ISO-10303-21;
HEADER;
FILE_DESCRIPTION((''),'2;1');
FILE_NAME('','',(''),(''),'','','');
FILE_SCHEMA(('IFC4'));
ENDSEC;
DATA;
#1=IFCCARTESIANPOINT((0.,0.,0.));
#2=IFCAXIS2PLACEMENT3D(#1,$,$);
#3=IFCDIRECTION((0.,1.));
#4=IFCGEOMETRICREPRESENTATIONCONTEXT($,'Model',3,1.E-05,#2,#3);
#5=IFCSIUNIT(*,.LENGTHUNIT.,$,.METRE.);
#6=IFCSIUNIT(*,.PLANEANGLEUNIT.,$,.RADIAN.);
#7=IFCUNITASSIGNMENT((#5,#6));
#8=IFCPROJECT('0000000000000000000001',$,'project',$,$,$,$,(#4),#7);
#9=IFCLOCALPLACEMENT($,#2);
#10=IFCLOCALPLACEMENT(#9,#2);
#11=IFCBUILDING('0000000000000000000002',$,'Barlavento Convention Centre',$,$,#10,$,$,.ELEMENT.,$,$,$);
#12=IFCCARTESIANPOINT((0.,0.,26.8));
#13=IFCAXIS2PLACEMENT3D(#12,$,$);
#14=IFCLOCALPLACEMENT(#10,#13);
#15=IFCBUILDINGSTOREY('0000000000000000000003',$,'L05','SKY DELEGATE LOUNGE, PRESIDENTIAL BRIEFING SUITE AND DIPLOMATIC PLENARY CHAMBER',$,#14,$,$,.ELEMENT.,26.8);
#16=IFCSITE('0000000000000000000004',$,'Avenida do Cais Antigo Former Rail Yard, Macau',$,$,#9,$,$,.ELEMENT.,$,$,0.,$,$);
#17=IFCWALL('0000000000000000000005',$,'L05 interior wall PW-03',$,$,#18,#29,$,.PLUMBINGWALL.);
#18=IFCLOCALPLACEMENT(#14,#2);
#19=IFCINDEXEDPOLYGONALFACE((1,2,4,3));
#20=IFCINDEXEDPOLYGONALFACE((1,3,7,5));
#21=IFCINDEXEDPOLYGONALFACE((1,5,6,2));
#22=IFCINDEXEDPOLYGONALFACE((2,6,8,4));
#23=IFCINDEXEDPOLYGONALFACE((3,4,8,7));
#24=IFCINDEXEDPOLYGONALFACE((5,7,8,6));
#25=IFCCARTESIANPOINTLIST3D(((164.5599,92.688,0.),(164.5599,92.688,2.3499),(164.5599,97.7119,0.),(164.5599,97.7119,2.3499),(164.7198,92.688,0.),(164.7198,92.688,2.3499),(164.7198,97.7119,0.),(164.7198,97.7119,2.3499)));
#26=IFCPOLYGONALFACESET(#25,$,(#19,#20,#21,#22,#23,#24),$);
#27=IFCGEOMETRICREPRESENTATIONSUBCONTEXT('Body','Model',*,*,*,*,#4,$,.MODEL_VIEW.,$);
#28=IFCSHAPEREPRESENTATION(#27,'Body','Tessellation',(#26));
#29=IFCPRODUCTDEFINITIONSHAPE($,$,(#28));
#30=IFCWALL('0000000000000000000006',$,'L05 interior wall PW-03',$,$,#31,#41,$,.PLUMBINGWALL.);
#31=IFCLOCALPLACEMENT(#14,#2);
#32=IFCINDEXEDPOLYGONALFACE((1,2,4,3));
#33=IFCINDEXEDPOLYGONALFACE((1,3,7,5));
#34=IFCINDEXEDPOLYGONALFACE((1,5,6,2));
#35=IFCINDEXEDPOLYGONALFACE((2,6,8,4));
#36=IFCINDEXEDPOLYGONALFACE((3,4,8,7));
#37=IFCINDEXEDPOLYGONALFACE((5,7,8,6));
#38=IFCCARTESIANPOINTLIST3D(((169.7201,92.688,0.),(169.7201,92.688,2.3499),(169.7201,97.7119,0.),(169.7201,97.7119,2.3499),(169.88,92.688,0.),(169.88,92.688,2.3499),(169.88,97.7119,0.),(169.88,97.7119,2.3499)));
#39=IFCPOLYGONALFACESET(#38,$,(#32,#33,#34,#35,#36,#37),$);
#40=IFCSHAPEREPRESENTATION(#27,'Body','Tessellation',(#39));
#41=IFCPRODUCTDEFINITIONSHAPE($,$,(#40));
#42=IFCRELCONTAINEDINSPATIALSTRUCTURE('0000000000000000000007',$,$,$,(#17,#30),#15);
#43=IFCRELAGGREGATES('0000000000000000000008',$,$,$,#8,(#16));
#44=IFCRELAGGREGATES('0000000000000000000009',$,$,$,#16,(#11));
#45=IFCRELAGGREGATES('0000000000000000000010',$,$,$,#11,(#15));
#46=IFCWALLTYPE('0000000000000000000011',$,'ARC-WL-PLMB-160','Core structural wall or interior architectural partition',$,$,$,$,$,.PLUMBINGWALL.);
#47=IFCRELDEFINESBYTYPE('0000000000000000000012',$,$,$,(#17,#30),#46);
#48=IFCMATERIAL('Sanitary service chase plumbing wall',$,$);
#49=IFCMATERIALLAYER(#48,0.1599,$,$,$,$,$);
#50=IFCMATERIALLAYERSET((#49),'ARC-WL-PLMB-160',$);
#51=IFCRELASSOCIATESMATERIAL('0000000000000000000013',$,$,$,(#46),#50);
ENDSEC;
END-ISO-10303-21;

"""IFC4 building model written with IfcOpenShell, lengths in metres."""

from ifc_helpers import new_model, si_unit, direction, frame, frame_2d, origin, place, context, subcontext, project, spatial, rectangle, extrude, material, layer, layer_set, type_object, element, save


model = new_model("IFC4")

# Units and contexts
model_context = context("Model", 3, precision=1e-05, world=origin(), true_north=direction((0.0, 1.0)))
body_context = subcontext(model_context, "Body", "Model", "MODEL_VIEW")
ifc_project = project(units=[si_unit("LENGTHUNIT", "METRE"), si_unit("PLANEANGLEUNIT", "RADIAN")], contexts=[model_context])

# Site, building, storey
site_placement = place(None, origin())
site = spatial("IfcSite", under=ifc_project, at=site_placement, Name="Avenida do Cais Antigo Former Rail Yard, Macau", CompositionType="ELEMENT", RefElevation=0.0)
building_placement = place(site_placement, origin())
building = spatial("IfcBuilding", under=site, at=building_placement, Name="Barlavento Convention Centre", CompositionType="ELEMENT")
storey_placement = place(building_placement, frame((0.0, 0.0, 26.8)))
storey = spatial("IfcBuildingStorey", under=building, at=storey_placement, Name="L05", Description="SKY DELEGATE LOUNGE, PRESIDENTIAL BRIEFING SUITE AND DIPLOMATIC PLENARY CHAMBER", CompositionType="ELEMENT", Elevation=26.8)

# Walls
ifc_material_1 = material(Name="Sanitary service chase plumbing wall")
ifc_layer_1 = layer(ifc_material_1, 0.1599)
ifc_layer_set_1 = layer_set([ifc_layer_1], Name="ARC-WL-PLMB-160")
wall_type = type_object("IfcWallType", Name="ARC-WL-PLMB-160", Description="Core structural wall or interior architectural partition", PredefinedType="PLUMBINGWALL", material=ifc_layer_set_1)
for number, where, z_axis, x_axis, name in (
    (1, (164.6399, 92.688, 0.0), (0.0, 0.0, 1.0), (0.0, 1.0, 0.0), "L05 interior wall PW-03"),
    (2, (169.8, 92.688, 0.0), (0.0, 0.0, 1.0), (0.0, 1.0, 0.0), "L05 interior wall PW-03"),
):
    element("IfcWall", number, at=place(storey_placement, frame(where, z_axis=z_axis, x_axis=x_axis)), inside=storey, type_object=wall_type, Name=name, PredefinedType="PLUMBINGWALL", context=body_context, shape_type="SweptSolid", body=[
        extrude(rectangle(XDim=5.0239, YDim=0.1599, at=frame_2d((2.512, 0.0))), origin(), (0.0, 0.0, 1.0), 2.3499),
    ])

save(model, "model.ifc")
